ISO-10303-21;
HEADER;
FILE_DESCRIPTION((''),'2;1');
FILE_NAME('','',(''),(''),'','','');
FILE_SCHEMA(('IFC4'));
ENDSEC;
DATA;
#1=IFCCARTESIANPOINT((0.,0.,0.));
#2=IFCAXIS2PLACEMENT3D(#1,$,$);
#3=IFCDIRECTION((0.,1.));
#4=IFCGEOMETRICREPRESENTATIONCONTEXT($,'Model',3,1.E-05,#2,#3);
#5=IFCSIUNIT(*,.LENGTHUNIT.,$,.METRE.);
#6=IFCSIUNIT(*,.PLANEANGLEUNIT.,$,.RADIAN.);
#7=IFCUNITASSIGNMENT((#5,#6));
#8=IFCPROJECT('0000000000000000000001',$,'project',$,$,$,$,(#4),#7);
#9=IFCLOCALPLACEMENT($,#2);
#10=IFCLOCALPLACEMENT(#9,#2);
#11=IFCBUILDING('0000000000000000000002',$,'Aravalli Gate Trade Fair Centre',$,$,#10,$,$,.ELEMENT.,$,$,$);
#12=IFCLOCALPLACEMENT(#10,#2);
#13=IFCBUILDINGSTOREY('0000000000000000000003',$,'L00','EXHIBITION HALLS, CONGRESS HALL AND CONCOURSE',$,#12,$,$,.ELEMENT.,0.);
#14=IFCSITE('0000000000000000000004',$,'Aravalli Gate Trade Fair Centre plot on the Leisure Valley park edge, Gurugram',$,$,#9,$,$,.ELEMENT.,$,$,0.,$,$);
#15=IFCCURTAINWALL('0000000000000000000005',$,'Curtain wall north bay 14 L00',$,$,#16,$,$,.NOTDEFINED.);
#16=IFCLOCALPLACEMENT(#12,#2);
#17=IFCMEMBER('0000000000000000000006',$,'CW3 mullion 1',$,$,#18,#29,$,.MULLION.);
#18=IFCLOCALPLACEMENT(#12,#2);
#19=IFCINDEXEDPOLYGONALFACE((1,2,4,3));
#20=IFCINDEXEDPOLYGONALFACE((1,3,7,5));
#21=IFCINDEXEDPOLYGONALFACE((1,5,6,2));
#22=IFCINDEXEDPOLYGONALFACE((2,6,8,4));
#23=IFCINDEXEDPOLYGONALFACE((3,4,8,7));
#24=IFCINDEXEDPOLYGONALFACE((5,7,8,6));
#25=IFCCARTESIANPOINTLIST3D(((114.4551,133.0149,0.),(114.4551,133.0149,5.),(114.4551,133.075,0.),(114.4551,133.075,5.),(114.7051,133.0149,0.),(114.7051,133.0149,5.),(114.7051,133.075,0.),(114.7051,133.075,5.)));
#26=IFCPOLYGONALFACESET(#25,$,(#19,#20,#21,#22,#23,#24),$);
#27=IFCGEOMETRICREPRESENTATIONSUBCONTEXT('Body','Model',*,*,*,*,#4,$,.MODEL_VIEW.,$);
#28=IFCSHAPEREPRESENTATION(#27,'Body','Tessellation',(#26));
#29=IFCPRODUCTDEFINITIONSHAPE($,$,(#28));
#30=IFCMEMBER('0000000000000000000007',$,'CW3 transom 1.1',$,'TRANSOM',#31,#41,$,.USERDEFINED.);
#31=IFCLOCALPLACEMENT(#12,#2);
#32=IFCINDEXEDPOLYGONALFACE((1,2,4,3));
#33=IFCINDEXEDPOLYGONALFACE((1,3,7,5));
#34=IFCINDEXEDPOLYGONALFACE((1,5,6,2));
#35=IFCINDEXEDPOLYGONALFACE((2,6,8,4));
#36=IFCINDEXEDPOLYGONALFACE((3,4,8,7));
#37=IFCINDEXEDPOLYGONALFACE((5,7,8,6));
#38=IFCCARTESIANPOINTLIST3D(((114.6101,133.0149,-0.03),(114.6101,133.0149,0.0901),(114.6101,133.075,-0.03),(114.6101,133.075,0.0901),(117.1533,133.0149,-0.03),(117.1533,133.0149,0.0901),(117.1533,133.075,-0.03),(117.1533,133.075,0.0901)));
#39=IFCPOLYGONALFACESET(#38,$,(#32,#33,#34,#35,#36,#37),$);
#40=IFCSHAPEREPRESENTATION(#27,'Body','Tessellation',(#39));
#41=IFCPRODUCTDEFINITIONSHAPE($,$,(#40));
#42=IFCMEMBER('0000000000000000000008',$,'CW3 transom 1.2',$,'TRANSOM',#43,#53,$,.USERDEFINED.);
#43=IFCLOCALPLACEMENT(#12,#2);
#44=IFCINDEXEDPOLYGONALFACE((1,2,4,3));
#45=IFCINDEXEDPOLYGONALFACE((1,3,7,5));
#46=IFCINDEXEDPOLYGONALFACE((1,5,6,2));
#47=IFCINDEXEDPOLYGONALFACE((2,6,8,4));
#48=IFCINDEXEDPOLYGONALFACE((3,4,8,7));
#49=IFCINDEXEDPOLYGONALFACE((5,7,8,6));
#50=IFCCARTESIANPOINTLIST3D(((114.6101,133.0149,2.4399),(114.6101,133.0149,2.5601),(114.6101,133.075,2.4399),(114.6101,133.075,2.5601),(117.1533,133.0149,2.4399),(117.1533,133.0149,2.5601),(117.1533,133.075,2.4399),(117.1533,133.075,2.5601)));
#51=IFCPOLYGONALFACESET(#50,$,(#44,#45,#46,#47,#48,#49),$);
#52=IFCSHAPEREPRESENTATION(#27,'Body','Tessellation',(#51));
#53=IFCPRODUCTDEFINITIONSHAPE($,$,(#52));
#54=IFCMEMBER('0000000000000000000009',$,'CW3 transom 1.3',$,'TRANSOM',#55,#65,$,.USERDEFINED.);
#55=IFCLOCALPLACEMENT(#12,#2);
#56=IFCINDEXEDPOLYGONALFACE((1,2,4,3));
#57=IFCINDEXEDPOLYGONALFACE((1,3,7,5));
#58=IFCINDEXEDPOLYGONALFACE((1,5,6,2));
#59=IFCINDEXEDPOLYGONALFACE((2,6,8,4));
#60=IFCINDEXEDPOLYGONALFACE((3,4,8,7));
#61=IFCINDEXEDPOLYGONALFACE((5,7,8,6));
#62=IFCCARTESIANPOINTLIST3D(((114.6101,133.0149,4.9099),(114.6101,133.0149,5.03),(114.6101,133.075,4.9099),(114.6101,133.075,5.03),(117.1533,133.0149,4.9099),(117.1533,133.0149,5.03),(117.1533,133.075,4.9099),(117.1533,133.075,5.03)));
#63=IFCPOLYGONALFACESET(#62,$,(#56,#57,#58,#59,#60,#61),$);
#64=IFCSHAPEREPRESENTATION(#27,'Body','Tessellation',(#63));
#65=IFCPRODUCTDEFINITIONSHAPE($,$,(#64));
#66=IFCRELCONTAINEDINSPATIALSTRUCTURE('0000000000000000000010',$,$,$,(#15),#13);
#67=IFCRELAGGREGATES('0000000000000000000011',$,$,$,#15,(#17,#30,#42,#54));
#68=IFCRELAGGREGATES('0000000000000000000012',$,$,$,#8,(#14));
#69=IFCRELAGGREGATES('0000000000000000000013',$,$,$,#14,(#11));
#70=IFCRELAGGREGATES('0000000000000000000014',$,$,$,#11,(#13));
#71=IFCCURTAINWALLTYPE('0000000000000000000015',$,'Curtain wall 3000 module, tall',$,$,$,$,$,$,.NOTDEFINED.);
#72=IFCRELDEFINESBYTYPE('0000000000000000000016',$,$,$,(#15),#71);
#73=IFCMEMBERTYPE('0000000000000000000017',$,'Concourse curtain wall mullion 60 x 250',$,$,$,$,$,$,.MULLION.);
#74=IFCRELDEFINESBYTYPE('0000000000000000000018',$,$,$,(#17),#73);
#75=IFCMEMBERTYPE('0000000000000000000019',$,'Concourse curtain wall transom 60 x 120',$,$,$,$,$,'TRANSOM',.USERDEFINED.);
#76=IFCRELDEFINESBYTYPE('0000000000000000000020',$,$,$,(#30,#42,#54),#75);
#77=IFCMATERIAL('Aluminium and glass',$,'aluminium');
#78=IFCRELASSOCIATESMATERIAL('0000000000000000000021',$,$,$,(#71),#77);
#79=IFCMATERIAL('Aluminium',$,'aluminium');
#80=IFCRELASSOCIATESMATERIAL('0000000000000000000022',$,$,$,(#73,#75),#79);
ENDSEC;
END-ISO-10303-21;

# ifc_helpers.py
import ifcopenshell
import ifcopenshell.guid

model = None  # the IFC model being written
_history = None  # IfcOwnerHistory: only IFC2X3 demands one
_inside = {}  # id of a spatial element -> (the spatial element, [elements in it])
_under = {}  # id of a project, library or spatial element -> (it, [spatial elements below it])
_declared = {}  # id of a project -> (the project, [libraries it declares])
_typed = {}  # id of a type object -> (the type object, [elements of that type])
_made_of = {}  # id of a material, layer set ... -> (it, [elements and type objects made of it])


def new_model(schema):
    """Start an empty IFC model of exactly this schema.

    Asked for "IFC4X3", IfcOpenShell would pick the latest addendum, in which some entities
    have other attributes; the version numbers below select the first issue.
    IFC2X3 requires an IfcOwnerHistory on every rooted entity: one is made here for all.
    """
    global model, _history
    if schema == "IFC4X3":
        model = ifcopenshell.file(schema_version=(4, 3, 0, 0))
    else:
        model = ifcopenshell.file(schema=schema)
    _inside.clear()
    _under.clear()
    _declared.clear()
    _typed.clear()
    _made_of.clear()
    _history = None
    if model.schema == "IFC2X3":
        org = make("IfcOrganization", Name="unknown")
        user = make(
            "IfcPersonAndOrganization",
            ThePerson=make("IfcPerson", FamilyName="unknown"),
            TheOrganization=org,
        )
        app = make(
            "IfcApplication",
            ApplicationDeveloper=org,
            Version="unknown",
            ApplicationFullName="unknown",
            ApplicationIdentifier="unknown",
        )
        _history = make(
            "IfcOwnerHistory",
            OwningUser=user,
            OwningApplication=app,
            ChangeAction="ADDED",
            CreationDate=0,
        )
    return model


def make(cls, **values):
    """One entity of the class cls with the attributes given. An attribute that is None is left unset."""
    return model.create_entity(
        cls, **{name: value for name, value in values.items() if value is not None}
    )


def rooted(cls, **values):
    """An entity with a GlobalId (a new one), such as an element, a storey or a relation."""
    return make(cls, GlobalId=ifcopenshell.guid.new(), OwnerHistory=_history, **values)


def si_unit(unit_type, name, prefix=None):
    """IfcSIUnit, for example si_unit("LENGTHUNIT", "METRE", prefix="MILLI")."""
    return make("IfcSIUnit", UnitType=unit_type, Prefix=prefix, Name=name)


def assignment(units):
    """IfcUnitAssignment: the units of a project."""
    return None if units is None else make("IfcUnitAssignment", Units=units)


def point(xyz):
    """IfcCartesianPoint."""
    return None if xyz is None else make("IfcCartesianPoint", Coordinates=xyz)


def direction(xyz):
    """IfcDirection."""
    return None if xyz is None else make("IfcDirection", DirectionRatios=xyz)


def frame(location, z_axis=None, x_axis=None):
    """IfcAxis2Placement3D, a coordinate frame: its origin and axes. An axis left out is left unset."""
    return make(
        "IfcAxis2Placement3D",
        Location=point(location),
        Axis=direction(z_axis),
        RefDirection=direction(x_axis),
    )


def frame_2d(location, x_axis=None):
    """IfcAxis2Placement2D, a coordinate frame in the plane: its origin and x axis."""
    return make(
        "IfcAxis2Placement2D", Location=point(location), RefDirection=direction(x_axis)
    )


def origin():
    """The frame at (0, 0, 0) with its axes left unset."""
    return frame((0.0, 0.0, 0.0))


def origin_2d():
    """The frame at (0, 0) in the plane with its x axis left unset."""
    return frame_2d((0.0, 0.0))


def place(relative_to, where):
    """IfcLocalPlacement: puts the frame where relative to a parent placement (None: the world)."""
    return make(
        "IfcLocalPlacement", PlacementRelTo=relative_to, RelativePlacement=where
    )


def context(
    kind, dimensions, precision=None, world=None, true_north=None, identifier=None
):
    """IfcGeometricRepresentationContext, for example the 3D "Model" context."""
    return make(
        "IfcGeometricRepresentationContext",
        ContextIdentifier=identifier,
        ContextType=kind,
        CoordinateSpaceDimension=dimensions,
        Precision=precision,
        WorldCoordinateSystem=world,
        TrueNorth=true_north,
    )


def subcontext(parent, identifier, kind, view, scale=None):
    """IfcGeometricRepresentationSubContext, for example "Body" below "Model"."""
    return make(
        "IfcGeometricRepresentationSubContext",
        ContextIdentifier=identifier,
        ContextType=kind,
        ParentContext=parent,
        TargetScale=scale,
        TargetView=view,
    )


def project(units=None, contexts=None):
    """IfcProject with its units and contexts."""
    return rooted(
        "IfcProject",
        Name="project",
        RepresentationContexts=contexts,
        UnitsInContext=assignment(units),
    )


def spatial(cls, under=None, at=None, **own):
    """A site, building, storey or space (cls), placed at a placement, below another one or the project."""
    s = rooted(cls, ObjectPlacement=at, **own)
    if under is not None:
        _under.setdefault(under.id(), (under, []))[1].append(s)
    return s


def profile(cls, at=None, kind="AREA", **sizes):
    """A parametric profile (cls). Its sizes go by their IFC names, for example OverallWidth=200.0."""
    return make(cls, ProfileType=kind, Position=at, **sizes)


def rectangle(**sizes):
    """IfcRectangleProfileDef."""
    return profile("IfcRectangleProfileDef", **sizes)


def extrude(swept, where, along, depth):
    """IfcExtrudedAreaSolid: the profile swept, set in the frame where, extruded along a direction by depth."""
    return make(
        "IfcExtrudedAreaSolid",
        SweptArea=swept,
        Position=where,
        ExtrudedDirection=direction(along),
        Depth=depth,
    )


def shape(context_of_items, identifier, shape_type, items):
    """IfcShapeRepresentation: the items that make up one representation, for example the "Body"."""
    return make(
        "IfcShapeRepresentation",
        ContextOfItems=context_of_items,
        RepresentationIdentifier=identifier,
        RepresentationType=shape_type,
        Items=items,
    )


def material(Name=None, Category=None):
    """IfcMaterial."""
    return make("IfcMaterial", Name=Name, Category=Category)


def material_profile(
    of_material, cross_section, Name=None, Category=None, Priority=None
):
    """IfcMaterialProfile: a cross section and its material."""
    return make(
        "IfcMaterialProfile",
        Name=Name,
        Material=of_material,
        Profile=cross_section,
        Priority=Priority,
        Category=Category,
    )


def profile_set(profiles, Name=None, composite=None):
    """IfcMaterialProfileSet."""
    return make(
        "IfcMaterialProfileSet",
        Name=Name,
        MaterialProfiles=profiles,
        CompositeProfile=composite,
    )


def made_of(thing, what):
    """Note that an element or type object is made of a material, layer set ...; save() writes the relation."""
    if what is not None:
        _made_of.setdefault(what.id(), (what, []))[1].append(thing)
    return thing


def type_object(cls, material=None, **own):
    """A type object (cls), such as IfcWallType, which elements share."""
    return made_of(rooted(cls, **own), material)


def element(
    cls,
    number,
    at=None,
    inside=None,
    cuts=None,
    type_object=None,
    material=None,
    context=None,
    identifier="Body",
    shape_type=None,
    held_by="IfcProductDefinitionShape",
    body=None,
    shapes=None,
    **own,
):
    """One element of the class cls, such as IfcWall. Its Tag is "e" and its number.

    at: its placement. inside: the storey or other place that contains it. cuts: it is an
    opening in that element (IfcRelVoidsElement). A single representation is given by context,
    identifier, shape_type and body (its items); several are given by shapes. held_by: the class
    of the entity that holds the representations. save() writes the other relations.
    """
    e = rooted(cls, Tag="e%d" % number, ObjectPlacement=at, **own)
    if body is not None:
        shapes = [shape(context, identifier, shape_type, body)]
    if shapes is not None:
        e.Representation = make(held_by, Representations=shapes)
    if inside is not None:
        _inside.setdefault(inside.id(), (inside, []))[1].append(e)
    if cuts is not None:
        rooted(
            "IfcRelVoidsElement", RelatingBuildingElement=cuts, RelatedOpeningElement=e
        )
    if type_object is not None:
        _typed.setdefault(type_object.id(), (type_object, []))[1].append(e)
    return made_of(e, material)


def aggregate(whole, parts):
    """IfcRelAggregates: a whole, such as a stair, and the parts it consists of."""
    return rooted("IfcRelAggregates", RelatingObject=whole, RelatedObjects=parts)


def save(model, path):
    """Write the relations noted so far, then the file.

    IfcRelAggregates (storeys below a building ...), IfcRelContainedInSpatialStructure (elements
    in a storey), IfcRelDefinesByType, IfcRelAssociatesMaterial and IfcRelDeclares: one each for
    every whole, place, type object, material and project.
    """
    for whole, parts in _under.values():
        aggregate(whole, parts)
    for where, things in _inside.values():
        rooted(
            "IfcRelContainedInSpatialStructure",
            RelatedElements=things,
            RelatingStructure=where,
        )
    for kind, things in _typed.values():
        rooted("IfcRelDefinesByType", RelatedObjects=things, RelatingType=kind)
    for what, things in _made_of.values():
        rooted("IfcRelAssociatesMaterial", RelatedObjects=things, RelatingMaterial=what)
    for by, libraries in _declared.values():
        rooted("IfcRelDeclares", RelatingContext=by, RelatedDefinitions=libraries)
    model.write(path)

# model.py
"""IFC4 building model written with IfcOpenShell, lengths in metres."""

from ifc_helpers import new_model, si_unit, direction, frame, origin, origin_2d, place, context, subcontext, project, spatial, rectangle, extrude, material, material_profile, profile_set, type_object, element, aggregate, save


model = new_model("IFC4")

# Units and contexts
model_context = context("Model", 3, precision=1e-05, world=origin(), true_north=direction((0.0, 1.0)))
body_context = subcontext(model_context, "Body", "Model", "MODEL_VIEW")
ifc_project = project(units=[si_unit("LENGTHUNIT", "METRE"), si_unit("PLANEANGLEUNIT", "RADIAN")], contexts=[model_context])

# Site, building, storey
site_placement = place(None, origin())
site = spatial("IfcSite", under=ifc_project, at=site_placement, Name="Aravalli Gate Trade Fair Centre plot on the Leisure Valley park edge, Gurugram", CompositionType="ELEMENT", RefElevation=0.0)
building_placement = place(site_placement, origin())
building = spatial("IfcBuilding", under=site, at=building_placement, Name="Aravalli Gate Trade Fair Centre", CompositionType="ELEMENT")
storey_placement = place(building_placement, origin())
storey = spatial("IfcBuildingStorey", under=building, at=storey_placement, Name="L00", Description="EXHIBITION HALLS, CONGRESS HALL AND CONCOURSE", CompositionType="ELEMENT", Elevation=0.0)

# Curtain wall, members
ifc_material_1 = material(Name="Aluminium and glass", Category="aluminium")
curtain_wall_type = type_object("IfcCurtainWallType", Name="Curtain wall 3000 module, tall", PredefinedType="NOTDEFINED", material=ifc_material_1)
curtain_wall_placement = place(storey_placement, origin())
curtain_wall = element("IfcCurtainWall", 1, at=curtain_wall_placement, inside=storey, type_object=curtain_wall_type, Name="Curtain wall north bay 14 L00", PredefinedType="NOTDEFINED")
ifc_material_2 = material(Name="Aluminium", Category="aluminium")
ifc_material_profile_1 = material_profile(ifc_material_2, rectangle(XDim=0.0601, YDim=0.25, at=origin_2d()), Name="Concourse curtain wall mullion 60 x 250")
ifc_profile_set_1 = profile_set([ifc_material_profile_1], Name="Aluminium")
member_type_1 = type_object("IfcMemberType", Name="Concourse curtain wall mullion 60 x 250", PredefinedType="MULLION", material=ifc_profile_set_1)
member_1_placement = place(storey_placement, frame((114.5801, 133.0449, 0.0), z_axis=(0.0, 0.0, 1.0), x_axis=(0.0, 1.0, 0.0)))
member_1 = element("IfcMember", 2, at=member_1_placement, type_object=member_type_1, Name="CW3 mullion 1", PredefinedType="MULLION", context=body_context, shape_type="SweptSolid", body=[
    extrude(rectangle(XDim=0.0601, YDim=0.25, at=origin_2d()), origin(), (0.0, 0.0, 1.0), 5.0),
])
ifc_material_profile_2 = material_profile(ifc_material_2, rectangle(XDim=0.0601, YDim=0.1201, at=origin_2d()), Name="Concourse curtain wall transom 60 x 120")
ifc_profile_set_2 = profile_set([ifc_material_profile_2], Name="Aluminium")
member_type_2 = type_object("IfcMemberType", Name="Concourse curtain wall transom 60 x 120", ElementType="TRANSOM", PredefinedType="USERDEFINED", material=ifc_profile_set_2)
member_2_placement = place(storey_placement, frame((114.6101, 133.0449, 0.03), z_axis=(1.0, 0.0, 0.0), x_axis=(0.0, 1.0, 0.0)))
member_2 = element("IfcMember", 3, at=member_2_placement, type_object=member_type_2, Name="CW3 transom 1.1", ObjectType="TRANSOM", PredefinedType="USERDEFINED", context=body_context, shape_type="SweptSolid", body=[
    extrude(rectangle(XDim=0.0601, YDim=0.1201, at=origin_2d()), origin(), (0.0, 0.0, 1.0), 2.5432),
])
member_3_placement = place(storey_placement, frame((114.6101, 133.0449, 2.5), z_axis=(1.0, 0.0, 0.0), x_axis=(0.0, 1.0, 0.0)))
member_3 = element("IfcMember", 4, at=member_3_placement, type_object=member_type_2, Name="CW3 transom 1.2", ObjectType="TRANSOM", PredefinedType="USERDEFINED", context=body_context, shape_type="SweptSolid", body=[
    extrude(rectangle(XDim=0.0601, YDim=0.1201, at=origin_2d()), origin(), (0.0, 0.0, 1.0), 2.5432),
])
member_4_placement = place(storey_placement, frame((114.6101, 133.0449, 4.97), z_axis=(1.0, 0.0, 0.0), x_axis=(0.0, 1.0, 0.0)))
member_4 = element("IfcMember", 5, at=member_4_placement, type_object=member_type_2, Name="CW3 transom 1.3", ObjectType="TRANSOM", PredefinedType="USERDEFINED", context=body_context, shape_type="SweptSolid", body=[
    extrude(rectangle(XDim=0.0601, YDim=0.1201, at=origin_2d()), origin(), (0.0, 0.0, 1.0), 2.5432),
])
aggregate(curtain_wall, [member_1, member_2, member_3, member_4])

save(model, "model.ifc")
